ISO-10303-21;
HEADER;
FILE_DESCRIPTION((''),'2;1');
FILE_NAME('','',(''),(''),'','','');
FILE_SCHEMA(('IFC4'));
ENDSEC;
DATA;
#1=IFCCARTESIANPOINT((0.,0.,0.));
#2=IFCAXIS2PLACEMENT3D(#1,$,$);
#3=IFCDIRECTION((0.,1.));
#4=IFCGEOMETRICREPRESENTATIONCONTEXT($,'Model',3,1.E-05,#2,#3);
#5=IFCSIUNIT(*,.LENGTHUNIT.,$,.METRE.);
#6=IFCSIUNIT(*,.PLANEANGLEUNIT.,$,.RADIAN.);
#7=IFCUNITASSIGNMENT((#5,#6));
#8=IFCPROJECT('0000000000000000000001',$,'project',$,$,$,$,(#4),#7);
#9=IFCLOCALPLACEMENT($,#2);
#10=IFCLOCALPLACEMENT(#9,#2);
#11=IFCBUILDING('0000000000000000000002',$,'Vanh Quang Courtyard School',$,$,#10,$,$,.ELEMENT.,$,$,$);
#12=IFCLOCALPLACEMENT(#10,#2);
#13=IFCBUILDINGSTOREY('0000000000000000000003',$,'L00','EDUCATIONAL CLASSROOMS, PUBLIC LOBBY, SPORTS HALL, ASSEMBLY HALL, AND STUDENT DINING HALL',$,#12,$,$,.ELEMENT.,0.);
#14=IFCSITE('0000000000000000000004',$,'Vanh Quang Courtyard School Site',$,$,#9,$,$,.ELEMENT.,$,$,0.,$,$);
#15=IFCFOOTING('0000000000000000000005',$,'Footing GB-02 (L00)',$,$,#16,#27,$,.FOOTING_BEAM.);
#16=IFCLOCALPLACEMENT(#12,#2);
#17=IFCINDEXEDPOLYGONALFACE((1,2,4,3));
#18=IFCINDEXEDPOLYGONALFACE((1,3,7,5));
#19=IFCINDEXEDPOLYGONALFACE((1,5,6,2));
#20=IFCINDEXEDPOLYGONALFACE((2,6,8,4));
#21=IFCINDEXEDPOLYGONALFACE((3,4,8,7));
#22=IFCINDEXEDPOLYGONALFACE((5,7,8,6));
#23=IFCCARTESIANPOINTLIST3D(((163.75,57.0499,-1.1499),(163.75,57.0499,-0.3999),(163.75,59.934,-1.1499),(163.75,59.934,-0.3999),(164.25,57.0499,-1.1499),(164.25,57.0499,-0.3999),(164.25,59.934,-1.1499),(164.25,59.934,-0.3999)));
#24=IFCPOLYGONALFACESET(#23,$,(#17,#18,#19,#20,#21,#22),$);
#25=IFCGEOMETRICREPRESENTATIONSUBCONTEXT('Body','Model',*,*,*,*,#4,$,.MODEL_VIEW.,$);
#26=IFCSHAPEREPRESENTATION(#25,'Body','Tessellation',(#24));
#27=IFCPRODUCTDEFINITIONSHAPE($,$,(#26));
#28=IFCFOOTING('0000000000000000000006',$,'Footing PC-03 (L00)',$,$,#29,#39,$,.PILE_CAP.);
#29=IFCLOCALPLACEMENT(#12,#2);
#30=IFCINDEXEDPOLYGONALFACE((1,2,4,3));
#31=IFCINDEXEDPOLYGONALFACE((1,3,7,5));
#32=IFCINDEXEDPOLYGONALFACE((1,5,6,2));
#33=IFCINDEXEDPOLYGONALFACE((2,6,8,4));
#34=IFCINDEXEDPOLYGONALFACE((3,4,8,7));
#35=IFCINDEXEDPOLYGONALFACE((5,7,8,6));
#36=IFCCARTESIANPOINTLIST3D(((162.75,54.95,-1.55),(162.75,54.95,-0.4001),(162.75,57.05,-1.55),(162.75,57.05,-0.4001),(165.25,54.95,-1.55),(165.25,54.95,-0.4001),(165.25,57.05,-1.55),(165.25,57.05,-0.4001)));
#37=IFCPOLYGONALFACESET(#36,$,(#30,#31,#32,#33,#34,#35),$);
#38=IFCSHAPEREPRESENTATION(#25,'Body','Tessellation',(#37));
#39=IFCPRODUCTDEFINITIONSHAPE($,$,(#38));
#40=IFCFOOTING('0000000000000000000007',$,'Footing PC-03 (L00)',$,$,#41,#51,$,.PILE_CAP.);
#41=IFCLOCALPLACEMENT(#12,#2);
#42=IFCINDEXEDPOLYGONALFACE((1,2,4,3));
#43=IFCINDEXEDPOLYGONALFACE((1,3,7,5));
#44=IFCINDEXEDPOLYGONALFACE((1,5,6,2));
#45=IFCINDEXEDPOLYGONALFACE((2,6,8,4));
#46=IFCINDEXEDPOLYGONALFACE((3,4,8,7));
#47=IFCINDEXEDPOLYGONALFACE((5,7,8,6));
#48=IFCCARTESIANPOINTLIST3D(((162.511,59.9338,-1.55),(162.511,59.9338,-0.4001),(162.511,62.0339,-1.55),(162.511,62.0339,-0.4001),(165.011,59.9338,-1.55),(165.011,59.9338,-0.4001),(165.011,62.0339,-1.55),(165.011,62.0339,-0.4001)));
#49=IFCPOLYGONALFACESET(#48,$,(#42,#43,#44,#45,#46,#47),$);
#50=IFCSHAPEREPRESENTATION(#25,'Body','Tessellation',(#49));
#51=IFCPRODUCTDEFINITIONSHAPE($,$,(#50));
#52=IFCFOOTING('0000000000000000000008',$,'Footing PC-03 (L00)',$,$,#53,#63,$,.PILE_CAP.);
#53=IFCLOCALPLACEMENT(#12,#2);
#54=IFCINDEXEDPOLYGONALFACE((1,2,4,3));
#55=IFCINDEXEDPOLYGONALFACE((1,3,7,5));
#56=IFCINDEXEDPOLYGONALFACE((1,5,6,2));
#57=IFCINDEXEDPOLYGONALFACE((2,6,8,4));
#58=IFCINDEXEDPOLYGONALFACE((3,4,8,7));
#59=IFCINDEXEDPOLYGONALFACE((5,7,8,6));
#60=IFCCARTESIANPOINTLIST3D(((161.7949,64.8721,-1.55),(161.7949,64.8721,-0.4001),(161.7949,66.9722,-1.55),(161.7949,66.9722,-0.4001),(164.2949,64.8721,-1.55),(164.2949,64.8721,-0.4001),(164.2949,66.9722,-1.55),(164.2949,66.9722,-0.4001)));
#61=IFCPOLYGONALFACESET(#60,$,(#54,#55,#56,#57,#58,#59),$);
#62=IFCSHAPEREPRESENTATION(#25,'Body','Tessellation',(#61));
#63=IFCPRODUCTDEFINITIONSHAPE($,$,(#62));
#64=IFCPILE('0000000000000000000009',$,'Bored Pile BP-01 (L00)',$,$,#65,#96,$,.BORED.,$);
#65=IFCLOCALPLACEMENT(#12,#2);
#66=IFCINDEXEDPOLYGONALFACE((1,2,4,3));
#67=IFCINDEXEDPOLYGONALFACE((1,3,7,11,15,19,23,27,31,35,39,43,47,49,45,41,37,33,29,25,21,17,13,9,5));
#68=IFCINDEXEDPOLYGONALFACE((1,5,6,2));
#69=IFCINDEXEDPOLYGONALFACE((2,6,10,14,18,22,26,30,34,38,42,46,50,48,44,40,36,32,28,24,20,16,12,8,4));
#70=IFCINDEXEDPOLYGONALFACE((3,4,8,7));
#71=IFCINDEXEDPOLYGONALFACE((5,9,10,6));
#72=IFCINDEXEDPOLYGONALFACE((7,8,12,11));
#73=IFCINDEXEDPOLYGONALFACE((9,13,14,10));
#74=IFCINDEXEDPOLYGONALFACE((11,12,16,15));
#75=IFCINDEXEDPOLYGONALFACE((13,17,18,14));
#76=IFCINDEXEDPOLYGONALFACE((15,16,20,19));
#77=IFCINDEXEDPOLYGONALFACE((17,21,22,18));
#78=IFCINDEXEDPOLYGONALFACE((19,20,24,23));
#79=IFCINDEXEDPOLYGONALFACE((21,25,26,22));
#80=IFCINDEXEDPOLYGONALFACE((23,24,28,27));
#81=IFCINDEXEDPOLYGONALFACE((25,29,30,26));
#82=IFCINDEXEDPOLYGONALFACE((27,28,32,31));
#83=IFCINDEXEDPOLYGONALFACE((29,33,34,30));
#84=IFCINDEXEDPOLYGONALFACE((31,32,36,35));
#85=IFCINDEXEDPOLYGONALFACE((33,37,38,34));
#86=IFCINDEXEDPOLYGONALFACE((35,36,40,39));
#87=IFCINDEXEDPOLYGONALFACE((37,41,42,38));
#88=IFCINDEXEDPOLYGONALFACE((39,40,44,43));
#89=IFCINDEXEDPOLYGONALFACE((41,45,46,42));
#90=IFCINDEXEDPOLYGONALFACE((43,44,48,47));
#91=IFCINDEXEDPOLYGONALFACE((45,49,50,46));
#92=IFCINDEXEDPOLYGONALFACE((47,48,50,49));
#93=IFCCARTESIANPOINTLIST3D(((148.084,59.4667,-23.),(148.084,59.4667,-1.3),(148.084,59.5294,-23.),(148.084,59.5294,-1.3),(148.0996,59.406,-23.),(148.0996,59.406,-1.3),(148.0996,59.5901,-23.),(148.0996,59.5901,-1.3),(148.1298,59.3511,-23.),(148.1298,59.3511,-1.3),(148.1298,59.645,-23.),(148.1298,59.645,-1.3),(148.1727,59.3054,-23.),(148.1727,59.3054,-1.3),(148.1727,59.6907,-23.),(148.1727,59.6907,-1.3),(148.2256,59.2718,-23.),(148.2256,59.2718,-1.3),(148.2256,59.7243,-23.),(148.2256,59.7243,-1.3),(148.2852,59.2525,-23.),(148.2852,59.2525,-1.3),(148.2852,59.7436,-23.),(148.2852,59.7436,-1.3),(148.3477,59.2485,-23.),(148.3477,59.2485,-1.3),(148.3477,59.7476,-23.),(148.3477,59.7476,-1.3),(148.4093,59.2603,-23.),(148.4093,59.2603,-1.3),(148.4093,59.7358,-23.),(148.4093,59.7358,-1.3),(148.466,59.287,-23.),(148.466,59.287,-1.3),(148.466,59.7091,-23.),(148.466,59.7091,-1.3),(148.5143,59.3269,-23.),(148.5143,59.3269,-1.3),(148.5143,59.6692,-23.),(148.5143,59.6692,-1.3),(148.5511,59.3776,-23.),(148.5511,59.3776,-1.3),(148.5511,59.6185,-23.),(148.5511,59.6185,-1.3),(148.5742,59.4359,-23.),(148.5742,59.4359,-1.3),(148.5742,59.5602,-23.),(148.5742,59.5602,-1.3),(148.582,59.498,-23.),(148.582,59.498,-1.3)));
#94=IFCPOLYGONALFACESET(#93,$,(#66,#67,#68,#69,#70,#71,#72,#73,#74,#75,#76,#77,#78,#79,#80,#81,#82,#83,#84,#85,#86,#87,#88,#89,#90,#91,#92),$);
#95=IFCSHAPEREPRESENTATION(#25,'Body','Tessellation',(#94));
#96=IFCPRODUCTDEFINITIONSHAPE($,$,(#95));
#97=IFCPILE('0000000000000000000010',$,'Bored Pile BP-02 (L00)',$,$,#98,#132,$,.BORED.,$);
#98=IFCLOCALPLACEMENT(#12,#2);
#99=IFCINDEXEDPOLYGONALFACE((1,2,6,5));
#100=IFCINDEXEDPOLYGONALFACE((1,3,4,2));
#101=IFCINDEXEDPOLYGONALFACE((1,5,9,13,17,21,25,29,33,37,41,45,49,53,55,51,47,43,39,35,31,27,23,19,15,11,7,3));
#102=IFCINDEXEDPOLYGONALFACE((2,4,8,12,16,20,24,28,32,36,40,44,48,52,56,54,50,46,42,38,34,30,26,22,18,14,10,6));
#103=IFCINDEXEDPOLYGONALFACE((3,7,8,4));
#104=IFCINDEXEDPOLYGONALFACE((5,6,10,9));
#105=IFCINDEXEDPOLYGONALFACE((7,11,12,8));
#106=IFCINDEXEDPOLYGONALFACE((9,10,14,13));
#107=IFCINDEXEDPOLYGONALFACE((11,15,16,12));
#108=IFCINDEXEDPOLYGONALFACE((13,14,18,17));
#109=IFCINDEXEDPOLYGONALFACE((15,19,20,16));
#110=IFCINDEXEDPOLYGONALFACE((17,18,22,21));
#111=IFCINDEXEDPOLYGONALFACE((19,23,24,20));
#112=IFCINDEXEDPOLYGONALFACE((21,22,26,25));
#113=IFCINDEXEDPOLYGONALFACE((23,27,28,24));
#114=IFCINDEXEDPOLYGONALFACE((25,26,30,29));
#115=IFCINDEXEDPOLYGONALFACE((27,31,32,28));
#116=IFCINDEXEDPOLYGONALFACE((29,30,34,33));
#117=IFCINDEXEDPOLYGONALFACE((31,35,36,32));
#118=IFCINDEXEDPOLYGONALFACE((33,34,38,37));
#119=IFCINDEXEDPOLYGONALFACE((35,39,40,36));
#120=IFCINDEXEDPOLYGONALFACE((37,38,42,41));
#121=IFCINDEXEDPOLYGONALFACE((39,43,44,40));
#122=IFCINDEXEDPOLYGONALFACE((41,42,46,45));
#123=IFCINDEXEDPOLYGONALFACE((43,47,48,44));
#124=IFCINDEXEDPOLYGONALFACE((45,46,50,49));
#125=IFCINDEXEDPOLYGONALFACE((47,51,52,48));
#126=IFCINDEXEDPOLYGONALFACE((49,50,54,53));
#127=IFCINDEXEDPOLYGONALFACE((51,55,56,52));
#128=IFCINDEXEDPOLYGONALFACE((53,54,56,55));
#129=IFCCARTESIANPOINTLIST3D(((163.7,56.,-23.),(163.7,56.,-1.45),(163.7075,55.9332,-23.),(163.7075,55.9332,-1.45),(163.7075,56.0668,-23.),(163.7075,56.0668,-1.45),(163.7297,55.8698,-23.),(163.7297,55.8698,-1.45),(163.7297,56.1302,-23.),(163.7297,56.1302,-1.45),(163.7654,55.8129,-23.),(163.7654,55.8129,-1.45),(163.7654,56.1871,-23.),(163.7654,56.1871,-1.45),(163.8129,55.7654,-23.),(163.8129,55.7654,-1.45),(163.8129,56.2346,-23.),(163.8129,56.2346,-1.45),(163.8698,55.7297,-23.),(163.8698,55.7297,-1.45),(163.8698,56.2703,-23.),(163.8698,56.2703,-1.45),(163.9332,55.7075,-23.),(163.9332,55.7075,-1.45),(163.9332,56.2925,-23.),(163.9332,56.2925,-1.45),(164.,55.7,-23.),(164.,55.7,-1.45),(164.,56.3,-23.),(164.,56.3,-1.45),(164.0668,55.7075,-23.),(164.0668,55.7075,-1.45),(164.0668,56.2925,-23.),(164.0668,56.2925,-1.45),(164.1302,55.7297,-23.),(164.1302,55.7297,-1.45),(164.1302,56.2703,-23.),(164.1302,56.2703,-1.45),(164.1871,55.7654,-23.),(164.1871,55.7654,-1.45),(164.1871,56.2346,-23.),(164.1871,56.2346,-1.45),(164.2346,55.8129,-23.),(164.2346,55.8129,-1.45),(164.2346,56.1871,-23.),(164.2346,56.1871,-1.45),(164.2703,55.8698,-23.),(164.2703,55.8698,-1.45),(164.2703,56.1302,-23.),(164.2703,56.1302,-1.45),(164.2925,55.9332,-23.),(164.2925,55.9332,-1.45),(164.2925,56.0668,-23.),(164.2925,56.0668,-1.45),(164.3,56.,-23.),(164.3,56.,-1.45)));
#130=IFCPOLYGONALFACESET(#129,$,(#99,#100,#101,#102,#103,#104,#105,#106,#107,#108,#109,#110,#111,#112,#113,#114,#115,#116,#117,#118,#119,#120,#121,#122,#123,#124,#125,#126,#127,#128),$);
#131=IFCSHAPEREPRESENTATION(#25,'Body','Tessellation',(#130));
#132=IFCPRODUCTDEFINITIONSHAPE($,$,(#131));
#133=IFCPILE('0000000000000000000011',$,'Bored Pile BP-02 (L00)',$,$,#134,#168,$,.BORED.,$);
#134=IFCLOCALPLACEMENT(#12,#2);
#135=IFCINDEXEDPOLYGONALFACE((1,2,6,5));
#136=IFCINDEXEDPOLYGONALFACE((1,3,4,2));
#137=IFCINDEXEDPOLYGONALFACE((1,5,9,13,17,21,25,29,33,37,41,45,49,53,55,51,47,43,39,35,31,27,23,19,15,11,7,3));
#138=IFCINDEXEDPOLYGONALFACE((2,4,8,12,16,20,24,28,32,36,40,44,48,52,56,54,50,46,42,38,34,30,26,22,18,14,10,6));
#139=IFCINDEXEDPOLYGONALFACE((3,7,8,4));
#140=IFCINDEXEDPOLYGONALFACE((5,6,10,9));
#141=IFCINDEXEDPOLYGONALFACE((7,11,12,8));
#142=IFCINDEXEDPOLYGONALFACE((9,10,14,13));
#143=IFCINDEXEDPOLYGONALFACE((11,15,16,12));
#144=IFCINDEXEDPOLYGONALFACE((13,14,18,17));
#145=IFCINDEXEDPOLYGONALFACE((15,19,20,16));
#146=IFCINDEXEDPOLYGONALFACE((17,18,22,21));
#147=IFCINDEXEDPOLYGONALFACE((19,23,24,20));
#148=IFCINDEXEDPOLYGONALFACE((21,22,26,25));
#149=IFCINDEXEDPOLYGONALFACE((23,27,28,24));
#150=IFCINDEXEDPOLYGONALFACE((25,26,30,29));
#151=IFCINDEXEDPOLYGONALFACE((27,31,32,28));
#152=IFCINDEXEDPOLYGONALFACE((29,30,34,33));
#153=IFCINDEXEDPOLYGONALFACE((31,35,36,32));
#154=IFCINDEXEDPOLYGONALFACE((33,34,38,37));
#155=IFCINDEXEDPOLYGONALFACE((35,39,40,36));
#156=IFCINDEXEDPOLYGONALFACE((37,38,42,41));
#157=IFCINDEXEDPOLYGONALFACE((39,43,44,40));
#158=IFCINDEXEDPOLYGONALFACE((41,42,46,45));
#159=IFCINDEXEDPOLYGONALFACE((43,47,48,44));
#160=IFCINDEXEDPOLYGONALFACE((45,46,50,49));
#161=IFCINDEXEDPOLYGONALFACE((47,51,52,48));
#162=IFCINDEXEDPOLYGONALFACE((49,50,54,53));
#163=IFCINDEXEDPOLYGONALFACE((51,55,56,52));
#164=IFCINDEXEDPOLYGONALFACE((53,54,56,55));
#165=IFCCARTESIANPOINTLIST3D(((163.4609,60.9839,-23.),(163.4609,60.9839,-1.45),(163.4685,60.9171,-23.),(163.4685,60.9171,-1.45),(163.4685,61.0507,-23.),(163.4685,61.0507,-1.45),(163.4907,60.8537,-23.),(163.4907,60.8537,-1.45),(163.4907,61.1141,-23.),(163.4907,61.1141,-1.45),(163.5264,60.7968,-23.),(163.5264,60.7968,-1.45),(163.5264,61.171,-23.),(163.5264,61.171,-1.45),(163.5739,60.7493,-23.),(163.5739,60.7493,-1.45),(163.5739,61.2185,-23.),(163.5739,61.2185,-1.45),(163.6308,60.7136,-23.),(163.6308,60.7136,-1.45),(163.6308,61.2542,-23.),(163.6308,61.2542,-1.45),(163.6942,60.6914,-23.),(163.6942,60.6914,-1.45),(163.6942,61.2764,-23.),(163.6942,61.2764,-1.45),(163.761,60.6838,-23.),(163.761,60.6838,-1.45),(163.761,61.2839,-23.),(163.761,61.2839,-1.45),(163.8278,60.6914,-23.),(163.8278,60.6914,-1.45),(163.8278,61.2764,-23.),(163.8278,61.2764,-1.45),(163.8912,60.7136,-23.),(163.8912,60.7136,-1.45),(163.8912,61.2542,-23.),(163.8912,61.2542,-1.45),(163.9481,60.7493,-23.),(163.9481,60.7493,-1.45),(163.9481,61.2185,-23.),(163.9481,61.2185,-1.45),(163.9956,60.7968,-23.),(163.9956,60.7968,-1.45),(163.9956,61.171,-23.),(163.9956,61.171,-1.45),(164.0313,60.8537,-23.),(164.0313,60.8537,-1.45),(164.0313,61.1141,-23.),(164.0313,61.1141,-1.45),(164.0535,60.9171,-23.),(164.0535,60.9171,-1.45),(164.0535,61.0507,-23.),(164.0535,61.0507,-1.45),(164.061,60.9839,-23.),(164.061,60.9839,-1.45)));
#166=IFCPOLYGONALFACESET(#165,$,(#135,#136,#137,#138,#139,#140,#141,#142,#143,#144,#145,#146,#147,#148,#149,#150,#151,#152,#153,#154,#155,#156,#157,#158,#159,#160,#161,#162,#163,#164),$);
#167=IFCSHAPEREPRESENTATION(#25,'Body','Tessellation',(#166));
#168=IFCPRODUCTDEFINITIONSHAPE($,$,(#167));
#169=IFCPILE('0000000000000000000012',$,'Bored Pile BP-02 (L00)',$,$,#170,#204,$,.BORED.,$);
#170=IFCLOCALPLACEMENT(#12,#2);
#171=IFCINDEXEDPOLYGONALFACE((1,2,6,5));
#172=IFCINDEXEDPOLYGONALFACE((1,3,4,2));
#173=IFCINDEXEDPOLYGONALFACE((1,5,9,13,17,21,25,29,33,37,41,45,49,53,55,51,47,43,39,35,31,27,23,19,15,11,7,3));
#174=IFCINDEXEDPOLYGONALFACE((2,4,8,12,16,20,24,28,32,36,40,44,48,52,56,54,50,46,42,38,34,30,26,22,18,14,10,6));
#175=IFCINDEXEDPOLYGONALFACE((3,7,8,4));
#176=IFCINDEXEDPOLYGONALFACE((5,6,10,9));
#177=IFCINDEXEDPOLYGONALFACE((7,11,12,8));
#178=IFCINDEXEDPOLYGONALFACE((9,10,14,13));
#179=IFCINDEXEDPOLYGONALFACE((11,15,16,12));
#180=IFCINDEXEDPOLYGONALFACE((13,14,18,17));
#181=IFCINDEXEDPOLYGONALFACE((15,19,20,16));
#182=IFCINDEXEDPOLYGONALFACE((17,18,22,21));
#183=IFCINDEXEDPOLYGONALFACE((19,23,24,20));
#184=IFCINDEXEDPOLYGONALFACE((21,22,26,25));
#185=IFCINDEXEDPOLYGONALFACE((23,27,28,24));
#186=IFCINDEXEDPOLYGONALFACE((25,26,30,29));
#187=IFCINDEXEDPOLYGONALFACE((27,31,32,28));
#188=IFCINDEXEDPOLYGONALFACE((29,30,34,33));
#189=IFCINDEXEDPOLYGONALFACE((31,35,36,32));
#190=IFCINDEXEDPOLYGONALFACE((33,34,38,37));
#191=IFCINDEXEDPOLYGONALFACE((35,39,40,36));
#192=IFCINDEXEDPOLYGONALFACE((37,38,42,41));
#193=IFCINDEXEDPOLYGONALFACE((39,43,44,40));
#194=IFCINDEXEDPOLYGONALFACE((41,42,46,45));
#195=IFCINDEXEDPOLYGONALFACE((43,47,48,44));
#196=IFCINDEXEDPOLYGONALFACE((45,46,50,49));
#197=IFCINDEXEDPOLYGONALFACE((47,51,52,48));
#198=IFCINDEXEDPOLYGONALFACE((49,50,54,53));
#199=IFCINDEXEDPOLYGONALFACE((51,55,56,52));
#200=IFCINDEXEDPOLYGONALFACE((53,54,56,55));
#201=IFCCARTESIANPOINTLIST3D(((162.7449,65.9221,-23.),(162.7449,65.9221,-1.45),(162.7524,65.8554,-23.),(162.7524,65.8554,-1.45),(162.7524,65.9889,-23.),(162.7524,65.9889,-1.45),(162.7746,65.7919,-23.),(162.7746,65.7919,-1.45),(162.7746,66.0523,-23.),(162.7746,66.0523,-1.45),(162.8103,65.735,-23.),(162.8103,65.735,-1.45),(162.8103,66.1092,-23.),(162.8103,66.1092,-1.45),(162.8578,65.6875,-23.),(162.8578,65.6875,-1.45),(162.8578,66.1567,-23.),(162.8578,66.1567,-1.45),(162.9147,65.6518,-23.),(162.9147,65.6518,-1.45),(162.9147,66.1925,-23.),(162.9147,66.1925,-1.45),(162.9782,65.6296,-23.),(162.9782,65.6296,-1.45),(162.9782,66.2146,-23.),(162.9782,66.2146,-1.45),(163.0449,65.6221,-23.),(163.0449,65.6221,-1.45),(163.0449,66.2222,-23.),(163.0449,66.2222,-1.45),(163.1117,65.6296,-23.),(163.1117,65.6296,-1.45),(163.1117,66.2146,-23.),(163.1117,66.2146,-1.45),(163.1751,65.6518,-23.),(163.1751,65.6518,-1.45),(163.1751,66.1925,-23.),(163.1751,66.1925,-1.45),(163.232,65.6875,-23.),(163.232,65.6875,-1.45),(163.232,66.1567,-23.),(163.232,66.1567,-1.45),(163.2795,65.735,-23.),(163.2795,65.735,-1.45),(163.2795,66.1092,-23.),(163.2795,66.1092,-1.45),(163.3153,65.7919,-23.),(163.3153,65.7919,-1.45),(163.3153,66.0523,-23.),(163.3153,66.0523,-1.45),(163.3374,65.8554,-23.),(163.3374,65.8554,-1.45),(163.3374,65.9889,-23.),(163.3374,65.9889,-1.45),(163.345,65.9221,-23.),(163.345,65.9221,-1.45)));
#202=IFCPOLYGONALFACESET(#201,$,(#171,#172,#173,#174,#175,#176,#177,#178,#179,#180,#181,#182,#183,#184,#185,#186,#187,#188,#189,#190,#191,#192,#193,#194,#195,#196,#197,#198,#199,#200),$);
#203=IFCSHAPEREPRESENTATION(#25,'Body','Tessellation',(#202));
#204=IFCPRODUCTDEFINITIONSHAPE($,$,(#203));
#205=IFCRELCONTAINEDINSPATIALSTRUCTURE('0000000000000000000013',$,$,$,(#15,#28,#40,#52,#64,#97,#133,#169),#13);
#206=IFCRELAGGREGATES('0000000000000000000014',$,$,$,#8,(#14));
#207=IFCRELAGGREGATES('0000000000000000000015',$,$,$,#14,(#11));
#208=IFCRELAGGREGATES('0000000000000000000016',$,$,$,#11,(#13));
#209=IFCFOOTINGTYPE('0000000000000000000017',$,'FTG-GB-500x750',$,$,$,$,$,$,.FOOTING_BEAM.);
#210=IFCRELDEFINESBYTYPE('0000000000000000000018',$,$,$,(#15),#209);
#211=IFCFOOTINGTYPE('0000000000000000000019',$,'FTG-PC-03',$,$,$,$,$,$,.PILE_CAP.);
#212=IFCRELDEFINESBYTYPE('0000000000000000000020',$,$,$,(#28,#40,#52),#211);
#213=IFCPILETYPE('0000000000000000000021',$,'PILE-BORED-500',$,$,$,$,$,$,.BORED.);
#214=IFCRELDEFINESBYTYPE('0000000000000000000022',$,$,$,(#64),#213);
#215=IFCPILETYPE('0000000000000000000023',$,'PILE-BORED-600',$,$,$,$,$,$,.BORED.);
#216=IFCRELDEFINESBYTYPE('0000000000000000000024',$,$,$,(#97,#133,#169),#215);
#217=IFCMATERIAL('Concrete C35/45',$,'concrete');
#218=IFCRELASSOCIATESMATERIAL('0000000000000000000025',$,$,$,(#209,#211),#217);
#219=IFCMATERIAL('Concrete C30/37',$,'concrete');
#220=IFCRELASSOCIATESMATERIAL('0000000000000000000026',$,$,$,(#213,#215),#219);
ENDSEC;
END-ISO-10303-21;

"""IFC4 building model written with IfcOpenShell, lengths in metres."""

from ifc_helpers import new_model, si_unit, direction, frame, origin, origin_2d, place, context, subcontext, project, spatial, rectangle, circle, extrude, material, material_profile, profile_set, type_object, element, save


model = new_model("IFC4")

# Units and contexts
model_context = context("Model", 3, precision=1e-05, world=origin(), true_north=direction((0.0, 1.0)))
body_context = subcontext(model_context, "Body", "Model", "MODEL_VIEW")
ifc_project = project(units=[si_unit("LENGTHUNIT", "METRE"), si_unit("PLANEANGLEUNIT", "RADIAN")], contexts=[model_context])

# Site, building, storey
site_placement = place(None, origin())
site = spatial("IfcSite", under=ifc_project, at=site_placement, Name="Vanh Quang Courtyard School Site", CompositionType="ELEMENT", RefElevation=0.0)
building_placement = place(site_placement, origin())
building = spatial("IfcBuilding", under=site, at=building_placement, Name="Vanh Quang Courtyard School", CompositionType="ELEMENT")
storey_placement = place(building_placement, origin())
storey = spatial("IfcBuildingStorey", under=building, at=storey_placement, Name="L00", Description="EDUCATIONAL CLASSROOMS, PUBLIC LOBBY, SPORTS HALL, ASSEMBLY HALL, AND STUDENT DINING HALL", CompositionType="ELEMENT", Elevation=0.0)

# Footings
ifc_material_1 = material(Name="Concrete C35/45", Category="concrete")
footing_type_1 = type_object("IfcFootingType", Name="FTG-GB-500x750", PredefinedType="FOOTING_BEAM", material=ifc_material_1)
footing_placement = place(storey_placement, frame((164.0, 58.4919, -1.1499), z_axis=(0.0, 0.0, 1.0), x_axis=(0.0, 1.0, 0.0)))
element("IfcFooting", 1, at=footing_placement, inside=storey, type_object=footing_type_1, Name="Footing GB-02 (L00)", PredefinedType="FOOTING_BEAM", context=body_context, shape_type="SweptSolid", body=[
    extrude(rectangle(XDim=2.884, YDim=0.5, at=origin_2d()), origin(), (0.0, 0.0, 1.0), 0.75),
])
footing_type_2 = type_object("IfcFootingType", Name="FTG-PC-03", PredefinedType="PILE_CAP", material=ifc_material_1)
for number, where, z_axis, x_axis, name in (
    (2, (164.0, 56.0, -1.55), (0.0, 0.0, 1.0), (1.0, 0.0, 0.0), "Footing PC-03 (L00)"),
    (3, (163.761, 60.9839, -1.55), (0.0, 0.0, 1.0), (1.0, 0.0, 0.0), "Footing PC-03 (L00)"),
    (4, (163.0449, 65.9221, -1.55), (0.0, 0.0, 1.0), (1.0, 0.0, 0.0), "Footing PC-03 (L00)"),
):
    element("IfcFooting", number, at=place(storey_placement, frame(where, z_axis=z_axis, x_axis=x_axis)), inside=storey, type_object=footing_type_2, Name=name, PredefinedType="PILE_CAP", context=body_context, shape_type="SweptSolid", body=[
        extrude(rectangle(XDim=2.5, YDim=2.1001, at=origin_2d()), origin(), (0.0, 0.0, 1.0), 1.1499),
    ])

# Piles
ifc_material_2 = material(Name="Concrete C30/37", Category="concrete")
ifc_material_profile_1 = material_profile(ifc_material_2, circle(Radius=0.25, at=origin_2d()), Name="PILE D500")
ifc_profile_set_1 = profile_set([ifc_material_profile_1], Name="Concrete C30/37")
pile_type_1 = type_object("IfcPileType", Name="PILE-BORED-500", PredefinedType="BORED", material=ifc_profile_set_1)
pile_placement = place(storey_placement, frame((148.332, 59.498, -1.3), z_axis=(0.0, 0.0, -1.0), x_axis=(1.0, 0.0, 0.0)))
element("IfcPile", 5, at=pile_placement, inside=storey, type_object=pile_type_1, Name="Bored Pile BP-01 (L00)", PredefinedType="BORED", context=body_context, shape_type="SweptSolid", body=[
    extrude(circle(Radius=0.25, at=origin_2d()), origin(), (0.0, 0.0, 1.0), 21.7),
])
ifc_material_profile_2 = material_profile(ifc_material_2, circle(Radius=0.3, at=origin_2d()), Name="PILE D600")
ifc_profile_set_2 = profile_set([ifc_material_profile_2], Name="Concrete C30/37")
pile_type_2 = type_object("IfcPileType", Name="PILE-BORED-600", PredefinedType="BORED", material=ifc_profile_set_2)
for number, where, z_axis, x_axis, name in (
    (6, (164.0, 56.0, -1.45), (0.0, 0.0, -1.0), (1.0, 0.0, 0.0), "Bored Pile BP-02 (L00)"),
    (7, (163.761, 60.9839, -1.45), (0.0, 0.0, -1.0), (1.0, 0.0, 0.0), "Bored Pile BP-02 (L00)"),
    (8, (163.0449, 65.9221, -1.45), (0.0, 0.0, -1.0), (1.0, 0.0, 0.0), "Bored Pile BP-02 (L00)"),
):
    element("IfcPile", number, at=place(storey_placement, frame(where, z_axis=z_axis, x_axis=x_axis)), inside=storey, type_object=pile_type_2, Name=name, PredefinedType="BORED", context=body_context, shape_type="SweptSolid", body=[
        extrude(circle(Radius=0.3, at=origin_2d()), origin(), (0.0, 0.0, 1.0), 21.55),
    ])

save(model, "model.ifc")
